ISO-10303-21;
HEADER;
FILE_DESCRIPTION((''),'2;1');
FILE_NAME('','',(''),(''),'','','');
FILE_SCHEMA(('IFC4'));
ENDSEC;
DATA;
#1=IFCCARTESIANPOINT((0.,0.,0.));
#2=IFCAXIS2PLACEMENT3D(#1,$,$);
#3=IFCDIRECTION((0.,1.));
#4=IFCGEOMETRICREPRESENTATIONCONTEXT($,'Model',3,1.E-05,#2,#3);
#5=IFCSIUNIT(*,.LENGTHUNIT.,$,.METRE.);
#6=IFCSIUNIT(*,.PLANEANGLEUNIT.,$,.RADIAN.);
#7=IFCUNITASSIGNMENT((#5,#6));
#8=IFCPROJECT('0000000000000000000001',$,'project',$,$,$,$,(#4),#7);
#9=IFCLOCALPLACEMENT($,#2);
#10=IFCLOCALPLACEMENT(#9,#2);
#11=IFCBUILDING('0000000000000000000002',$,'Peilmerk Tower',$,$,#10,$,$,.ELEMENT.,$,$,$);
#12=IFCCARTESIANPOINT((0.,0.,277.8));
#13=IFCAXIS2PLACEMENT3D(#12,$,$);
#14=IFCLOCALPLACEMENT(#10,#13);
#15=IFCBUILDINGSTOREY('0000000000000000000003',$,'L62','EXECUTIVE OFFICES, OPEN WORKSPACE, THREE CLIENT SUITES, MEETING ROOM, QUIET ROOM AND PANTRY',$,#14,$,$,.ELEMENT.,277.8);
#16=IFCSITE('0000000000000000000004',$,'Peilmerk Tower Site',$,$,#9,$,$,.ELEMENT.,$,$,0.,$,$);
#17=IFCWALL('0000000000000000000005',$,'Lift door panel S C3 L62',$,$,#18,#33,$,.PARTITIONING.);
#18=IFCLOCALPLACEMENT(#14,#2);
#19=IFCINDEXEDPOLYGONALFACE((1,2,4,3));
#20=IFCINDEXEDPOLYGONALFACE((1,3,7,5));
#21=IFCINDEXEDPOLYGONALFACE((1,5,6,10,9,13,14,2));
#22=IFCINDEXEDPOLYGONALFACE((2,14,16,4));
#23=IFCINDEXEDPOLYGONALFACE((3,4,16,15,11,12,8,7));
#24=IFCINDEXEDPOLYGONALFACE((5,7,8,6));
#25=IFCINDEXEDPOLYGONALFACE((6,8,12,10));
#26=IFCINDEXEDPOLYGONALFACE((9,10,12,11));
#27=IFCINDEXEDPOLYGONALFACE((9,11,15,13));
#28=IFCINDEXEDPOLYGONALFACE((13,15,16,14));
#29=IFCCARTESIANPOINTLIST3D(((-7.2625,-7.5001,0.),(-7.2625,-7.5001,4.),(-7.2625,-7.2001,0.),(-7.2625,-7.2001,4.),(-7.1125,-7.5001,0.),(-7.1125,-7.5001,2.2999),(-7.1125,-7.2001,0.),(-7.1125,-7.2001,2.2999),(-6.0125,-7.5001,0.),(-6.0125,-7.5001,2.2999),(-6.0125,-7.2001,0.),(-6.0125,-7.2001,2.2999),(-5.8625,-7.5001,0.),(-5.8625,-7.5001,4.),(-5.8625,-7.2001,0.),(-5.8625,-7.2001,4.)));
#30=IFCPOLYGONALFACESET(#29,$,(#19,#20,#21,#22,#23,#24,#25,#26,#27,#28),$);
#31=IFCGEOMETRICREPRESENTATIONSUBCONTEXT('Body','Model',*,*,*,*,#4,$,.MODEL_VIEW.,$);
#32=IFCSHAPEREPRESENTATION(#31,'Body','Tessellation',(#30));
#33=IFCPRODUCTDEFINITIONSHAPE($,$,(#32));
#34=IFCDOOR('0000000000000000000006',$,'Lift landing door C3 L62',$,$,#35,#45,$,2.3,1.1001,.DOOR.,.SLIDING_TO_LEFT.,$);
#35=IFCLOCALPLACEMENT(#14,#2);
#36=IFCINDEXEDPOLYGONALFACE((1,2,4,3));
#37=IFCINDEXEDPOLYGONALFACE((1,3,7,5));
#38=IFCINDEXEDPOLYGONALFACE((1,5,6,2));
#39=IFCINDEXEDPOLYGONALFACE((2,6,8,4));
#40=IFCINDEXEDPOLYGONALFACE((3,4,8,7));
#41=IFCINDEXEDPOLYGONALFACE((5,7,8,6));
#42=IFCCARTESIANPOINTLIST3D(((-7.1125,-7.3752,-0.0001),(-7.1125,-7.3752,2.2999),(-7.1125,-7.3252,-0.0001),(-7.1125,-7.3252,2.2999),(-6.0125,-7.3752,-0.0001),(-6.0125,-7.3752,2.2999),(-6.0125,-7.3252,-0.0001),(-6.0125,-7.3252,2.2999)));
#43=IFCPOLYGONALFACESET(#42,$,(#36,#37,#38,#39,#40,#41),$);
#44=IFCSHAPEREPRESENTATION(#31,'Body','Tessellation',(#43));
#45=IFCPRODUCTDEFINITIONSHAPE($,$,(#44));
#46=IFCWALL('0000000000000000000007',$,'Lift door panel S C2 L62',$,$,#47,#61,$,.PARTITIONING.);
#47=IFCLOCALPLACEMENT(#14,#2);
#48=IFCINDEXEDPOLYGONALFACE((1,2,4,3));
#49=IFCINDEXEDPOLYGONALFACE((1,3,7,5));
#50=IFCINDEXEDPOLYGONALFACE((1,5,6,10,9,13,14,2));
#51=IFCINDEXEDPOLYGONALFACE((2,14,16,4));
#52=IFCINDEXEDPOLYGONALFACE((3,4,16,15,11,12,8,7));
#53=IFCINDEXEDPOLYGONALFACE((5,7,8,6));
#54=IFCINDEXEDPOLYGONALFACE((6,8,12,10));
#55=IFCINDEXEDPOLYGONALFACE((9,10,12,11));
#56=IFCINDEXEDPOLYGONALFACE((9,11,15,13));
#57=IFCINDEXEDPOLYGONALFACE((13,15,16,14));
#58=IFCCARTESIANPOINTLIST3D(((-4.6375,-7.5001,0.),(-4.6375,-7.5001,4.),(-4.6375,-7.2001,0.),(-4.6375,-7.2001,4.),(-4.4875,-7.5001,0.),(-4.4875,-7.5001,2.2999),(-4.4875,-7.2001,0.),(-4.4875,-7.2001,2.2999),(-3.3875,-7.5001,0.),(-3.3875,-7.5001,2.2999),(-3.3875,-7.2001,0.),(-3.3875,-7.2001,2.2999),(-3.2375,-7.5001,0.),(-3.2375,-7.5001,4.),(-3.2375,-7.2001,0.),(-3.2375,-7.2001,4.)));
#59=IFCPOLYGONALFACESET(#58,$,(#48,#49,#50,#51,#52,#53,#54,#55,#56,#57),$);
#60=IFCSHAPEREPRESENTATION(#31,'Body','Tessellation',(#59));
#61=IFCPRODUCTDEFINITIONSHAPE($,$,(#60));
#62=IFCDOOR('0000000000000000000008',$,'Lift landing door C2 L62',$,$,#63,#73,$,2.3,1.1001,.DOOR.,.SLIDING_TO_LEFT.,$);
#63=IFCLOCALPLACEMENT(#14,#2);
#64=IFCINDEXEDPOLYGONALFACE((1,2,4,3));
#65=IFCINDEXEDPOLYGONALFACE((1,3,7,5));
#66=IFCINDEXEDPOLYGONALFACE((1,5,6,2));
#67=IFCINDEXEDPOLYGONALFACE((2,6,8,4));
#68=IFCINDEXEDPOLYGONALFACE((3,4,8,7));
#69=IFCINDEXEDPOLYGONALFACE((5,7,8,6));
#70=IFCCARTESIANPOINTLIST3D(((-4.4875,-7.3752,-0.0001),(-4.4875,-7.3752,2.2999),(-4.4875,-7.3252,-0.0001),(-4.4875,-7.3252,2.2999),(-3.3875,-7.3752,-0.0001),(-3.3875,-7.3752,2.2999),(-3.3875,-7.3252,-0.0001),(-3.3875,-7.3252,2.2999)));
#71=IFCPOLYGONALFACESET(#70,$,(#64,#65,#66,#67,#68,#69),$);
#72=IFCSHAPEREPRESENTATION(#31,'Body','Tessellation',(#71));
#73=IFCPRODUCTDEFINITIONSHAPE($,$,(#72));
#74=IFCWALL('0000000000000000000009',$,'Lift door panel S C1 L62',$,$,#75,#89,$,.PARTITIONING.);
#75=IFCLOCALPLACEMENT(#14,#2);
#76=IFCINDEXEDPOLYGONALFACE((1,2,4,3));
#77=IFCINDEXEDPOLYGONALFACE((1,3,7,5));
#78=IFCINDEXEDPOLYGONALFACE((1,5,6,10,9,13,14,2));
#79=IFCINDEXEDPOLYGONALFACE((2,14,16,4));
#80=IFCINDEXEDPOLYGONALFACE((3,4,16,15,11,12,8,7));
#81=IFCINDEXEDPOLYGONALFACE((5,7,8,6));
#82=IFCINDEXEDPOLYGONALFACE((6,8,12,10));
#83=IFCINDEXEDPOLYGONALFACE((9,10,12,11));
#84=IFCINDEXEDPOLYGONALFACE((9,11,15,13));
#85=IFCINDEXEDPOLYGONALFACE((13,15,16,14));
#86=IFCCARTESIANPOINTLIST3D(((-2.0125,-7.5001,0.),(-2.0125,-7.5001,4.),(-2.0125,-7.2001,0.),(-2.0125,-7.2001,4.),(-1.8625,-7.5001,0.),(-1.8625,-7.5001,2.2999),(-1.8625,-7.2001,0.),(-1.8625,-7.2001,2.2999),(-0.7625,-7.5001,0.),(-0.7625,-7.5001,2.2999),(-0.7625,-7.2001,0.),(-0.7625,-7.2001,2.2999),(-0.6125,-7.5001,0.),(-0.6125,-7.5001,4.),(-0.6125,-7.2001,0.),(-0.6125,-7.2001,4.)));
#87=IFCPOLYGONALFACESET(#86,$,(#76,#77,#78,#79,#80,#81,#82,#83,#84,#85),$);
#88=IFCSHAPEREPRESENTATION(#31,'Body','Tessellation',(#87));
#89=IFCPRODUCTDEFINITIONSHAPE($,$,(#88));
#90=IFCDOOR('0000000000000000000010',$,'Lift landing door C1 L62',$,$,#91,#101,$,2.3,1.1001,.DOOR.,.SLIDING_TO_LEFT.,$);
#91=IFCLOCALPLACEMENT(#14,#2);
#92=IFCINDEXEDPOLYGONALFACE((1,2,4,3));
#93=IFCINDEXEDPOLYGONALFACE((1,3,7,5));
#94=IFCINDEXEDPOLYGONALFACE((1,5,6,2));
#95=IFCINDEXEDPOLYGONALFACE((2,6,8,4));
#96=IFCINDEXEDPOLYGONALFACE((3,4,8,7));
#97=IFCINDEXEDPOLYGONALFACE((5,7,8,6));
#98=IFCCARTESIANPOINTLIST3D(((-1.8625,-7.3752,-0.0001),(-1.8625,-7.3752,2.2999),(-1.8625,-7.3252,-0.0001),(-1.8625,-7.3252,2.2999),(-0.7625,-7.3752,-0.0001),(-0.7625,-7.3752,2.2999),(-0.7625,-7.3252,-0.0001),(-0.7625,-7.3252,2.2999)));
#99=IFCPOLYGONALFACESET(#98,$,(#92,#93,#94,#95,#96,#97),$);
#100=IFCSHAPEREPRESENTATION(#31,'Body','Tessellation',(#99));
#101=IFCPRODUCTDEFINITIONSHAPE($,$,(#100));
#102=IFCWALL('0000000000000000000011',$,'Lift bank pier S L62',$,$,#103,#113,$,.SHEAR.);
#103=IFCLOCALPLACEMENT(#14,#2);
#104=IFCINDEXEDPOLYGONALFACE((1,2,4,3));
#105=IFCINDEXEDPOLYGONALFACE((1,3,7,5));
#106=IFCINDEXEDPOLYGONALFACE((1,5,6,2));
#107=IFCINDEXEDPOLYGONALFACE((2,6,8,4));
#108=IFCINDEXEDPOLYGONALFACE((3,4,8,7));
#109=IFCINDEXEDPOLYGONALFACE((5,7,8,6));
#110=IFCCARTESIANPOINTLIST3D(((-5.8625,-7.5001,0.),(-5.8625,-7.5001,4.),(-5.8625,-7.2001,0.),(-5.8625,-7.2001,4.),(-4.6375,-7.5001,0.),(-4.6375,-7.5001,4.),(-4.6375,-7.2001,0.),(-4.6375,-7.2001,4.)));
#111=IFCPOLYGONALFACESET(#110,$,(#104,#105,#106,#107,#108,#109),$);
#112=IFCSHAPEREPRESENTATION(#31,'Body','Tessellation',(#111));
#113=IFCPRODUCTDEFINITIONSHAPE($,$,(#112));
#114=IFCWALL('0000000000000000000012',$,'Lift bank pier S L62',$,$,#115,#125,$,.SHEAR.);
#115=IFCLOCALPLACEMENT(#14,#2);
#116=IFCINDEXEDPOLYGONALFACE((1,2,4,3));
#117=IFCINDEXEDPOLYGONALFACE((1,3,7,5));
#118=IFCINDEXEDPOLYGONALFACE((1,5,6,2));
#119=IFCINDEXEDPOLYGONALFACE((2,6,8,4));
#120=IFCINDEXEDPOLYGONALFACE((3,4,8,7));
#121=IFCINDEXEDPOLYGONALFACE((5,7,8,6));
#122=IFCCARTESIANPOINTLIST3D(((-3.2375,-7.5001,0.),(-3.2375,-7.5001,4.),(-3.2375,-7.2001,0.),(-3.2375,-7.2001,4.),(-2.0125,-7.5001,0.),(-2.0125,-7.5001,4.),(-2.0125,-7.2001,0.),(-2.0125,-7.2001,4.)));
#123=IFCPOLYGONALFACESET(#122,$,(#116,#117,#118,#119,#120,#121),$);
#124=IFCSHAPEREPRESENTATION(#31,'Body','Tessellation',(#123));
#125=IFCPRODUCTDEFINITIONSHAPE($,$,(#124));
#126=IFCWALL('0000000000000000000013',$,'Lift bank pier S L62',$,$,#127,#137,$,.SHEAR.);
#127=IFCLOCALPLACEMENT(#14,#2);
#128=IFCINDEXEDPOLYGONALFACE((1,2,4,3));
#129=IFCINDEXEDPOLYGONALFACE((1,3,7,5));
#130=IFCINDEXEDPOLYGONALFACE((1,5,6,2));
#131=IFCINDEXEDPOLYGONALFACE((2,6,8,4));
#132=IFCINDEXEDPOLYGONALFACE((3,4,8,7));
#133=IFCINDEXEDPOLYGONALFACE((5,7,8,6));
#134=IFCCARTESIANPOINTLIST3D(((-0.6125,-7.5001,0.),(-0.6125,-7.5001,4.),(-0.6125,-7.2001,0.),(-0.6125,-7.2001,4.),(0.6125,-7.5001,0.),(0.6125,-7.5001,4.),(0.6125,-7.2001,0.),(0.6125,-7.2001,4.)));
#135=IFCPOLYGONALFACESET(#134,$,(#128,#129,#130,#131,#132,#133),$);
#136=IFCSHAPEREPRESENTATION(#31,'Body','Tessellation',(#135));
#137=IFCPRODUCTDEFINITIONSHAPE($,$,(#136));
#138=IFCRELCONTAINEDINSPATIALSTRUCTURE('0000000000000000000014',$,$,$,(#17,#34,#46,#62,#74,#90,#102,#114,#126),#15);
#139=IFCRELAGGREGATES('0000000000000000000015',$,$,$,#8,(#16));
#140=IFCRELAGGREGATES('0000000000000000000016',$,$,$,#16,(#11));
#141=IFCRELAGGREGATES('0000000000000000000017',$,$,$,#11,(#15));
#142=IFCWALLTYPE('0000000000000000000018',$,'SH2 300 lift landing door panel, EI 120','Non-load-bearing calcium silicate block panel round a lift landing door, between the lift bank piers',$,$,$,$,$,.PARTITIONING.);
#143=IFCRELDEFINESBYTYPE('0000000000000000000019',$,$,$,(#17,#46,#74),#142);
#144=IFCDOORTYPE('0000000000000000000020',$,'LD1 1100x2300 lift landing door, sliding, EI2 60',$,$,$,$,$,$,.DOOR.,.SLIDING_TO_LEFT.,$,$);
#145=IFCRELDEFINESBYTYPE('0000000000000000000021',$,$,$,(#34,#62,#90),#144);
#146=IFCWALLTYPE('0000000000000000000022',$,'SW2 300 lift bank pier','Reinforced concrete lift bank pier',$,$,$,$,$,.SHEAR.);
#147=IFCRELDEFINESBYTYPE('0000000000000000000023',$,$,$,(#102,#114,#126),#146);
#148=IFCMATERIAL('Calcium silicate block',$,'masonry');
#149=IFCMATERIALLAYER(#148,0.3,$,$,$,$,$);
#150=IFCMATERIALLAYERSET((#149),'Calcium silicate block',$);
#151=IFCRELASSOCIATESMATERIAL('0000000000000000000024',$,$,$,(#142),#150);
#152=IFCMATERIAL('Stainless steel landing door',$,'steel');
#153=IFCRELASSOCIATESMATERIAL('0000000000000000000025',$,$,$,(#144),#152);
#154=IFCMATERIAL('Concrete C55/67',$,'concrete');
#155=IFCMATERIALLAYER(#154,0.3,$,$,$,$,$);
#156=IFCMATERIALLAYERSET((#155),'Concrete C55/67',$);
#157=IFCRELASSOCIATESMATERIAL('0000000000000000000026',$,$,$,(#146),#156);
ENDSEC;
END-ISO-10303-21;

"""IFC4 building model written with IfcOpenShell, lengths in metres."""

from ifc_helpers import new_model, si_unit, direction, frame, frame_2d, origin, place, context, subcontext, project, spatial, rectangle, extrude, material, layer, layer_set, type_object, element, fill, save


model = new_model("IFC4")

# Units and contexts
model_context = context("Model", 3, precision=1e-05, world=origin(), true_north=direction((0.0, 1.0)))
body_context = subcontext(model_context, "Body", "Model", "MODEL_VIEW")
ifc_project = project(units=[si_unit("LENGTHUNIT", "METRE"), si_unit("PLANEANGLEUNIT", "RADIAN")], contexts=[model_context])

# Site, building, storey
site_placement = place(None, origin())
site = spatial("IfcSite", under=ifc_project, at=site_placement, Name="Peilmerk Tower Site", CompositionType="ELEMENT", RefElevation=0.0)
building_placement = place(site_placement, origin())
building = spatial("IfcBuilding", under=site, at=building_placement, Name="Peilmerk Tower", CompositionType="ELEMENT")
storey_placement = place(building_placement, frame((0.0, 0.0, 277.8)))
storey = spatial("IfcBuildingStorey", under=building, at=storey_placement, Name="L62", Description="EXECUTIVE OFFICES, OPEN WORKSPACE, THREE CLIENT SUITES, MEETING ROOM, QUIET ROOM AND PANTRY", CompositionType="ELEMENT", Elevation=277.8)

# Shared definitions
ifc_material_1 = material(Name="Calcium silicate block", Category="masonry")

# Walls, openings, doors
ifc_layer_1 = layer(ifc_material_1, 0.3)
ifc_layer_set_1 = layer_set([ifc_layer_1], Name="Calcium silicate block")
wall_type_1 = type_object("IfcWallType", Name="SH2 300 lift landing door panel, EI 120", Description="Non-load-bearing calcium silicate block panel round a lift landing door, between the lift bank piers", PredefinedType="PARTITIONING", material=ifc_layer_set_1)
wall_1_placement = place(storey_placement, frame((-7.2625, -7.3501, 0.0), z_axis=(0.0, 0.0, 1.0), x_axis=(1.0, 0.0, 0.0)))
wall_1 = element("IfcWall", 1, at=wall_1_placement, inside=storey, type_object=wall_type_1, Name="Lift door panel S C3 L62", PredefinedType="PARTITIONING", context=body_context, shape_type="SweptSolid", body=[
    extrude(rectangle(XDim=1.3999, YDim=0.3, at=frame_2d((0.7, 0.0))), origin(), (0.0, 0.0, 1.0), 4.0),
])
opening_1_placement = place(wall_1_placement, frame((0.1499, 0.0, 0.0)))
opening_1 = element("IfcOpeningElement", 2, at=opening_1_placement, cuts=wall_1, PredefinedType="OPENING", context=body_context, shape_type="SweptSolid", body=[
    extrude(rectangle(XDim=1.1001, YDim=2.3, at=frame_2d((0.55, 1.1499))), frame((0.0, 0.1599, 0.0), z_axis=(0.0, -1.0, 0.0), x_axis=(1.0, 0.0, 0.0)), (0.0, 0.0, 1.0), 0.3201),
])
ifc_material_2 = material(Name="Stainless steel landing door", Category="steel")
door_type = type_object("IfcDoorType", Name="LD1 1100x2300 lift landing door, sliding, EI2 60", OperationType="SLIDING_TO_LEFT", PredefinedType="DOOR", material=ifc_material_2)
door_1_placement = place(opening_1_placement, origin())
door_1 = element("IfcDoor", 3, at=door_1_placement, inside=storey, type_object=door_type, Name="Lift landing door C3 L62", OperationType="SLIDING_TO_LEFT", OverallHeight=2.3, OverallWidth=1.1001, PredefinedType="DOOR", context=body_context, shape_type="SweptSolid", body=[
    extrude(rectangle(XDim=1.1001, YDim=2.3, at=frame_2d((0.55, 1.1499))), frame((0.0, 0.0249, 0.0), z_axis=(0.0, -1.0, 0.0), x_axis=(1.0, 0.0, 0.0)), (0.0, 0.0, 1.0), 0.05),
])
fill(opening_1, door_1)
wall_2_placement = place(storey_placement, frame((-4.6375, -7.3501, 0.0), z_axis=(0.0, 0.0, 1.0), x_axis=(1.0, 0.0, 0.0)))
wall_2 = element("IfcWall", 4, at=wall_2_placement, inside=storey, type_object=wall_type_1, Name="Lift door panel S C2 L62", PredefinedType="PARTITIONING", context=body_context, shape_type="SweptSolid", body=[
    extrude(rectangle(XDim=1.3999, YDim=0.3, at=frame_2d((0.7, 0.0))), origin(), (0.0, 0.0, 1.0), 4.0),
])
opening_2_placement = place(wall_2_placement, frame((0.1499, 0.0, 0.0)))
opening_2 = element("IfcOpeningElement", 5, at=opening_2_placement, cuts=wall_2, PredefinedType="OPENING", context=body_context, shape_type="SweptSolid", body=[
    extrude(rectangle(XDim=1.1001, YDim=2.3, at=frame_2d((0.55, 1.1499))), frame((0.0, 0.1599, 0.0), z_axis=(0.0, -1.0, 0.0), x_axis=(1.0, 0.0, 0.0)), (0.0, 0.0, 1.0), 0.3201),
])
door_2_placement = place(opening_2_placement, origin())
door_2 = element("IfcDoor", 6, at=door_2_placement, inside=storey, type_object=door_type, Name="Lift landing door C2 L62", OperationType="SLIDING_TO_LEFT", OverallHeight=2.3, OverallWidth=1.1001, PredefinedType="DOOR", context=body_context, shape_type="SweptSolid", body=[
    extrude(rectangle(XDim=1.1001, YDim=2.3, at=frame_2d((0.55, 1.1499))), frame((0.0, 0.0249, 0.0), z_axis=(0.0, -1.0, 0.0), x_axis=(1.0, 0.0, 0.0)), (0.0, 0.0, 1.0), 0.05),
])
fill(opening_2, door_2)
wall_3_placement = place(storey_placement, frame((-2.0125, -7.3501, 0.0), z_axis=(0.0, 0.0, 1.0), x_axis=(1.0, 0.0, 0.0)))
wall_3 = element("IfcWall", 7, at=wall_3_placement, inside=storey, type_object=wall_type_1, Name="Lift door panel S C1 L62", PredefinedType="PARTITIONING", context=body_context, shape_type="SweptSolid", body=[
    extrude(rectangle(XDim=1.3999, YDim=0.3, at=frame_2d((0.7, 0.0))), origin(), (0.0, 0.0, 1.0), 4.0),
])
opening_3_placement = place(wall_3_placement, frame((0.1499, 0.0, 0.0)))
opening_3 = element("IfcOpeningElement", 8, at=opening_3_placement, cuts=wall_3, PredefinedType="OPENING", context=body_context, shape_type="SweptSolid", body=[
    extrude(rectangle(XDim=1.1001, YDim=2.3, at=frame_2d((0.55, 1.1499))), frame((0.0, 0.1599, 0.0), z_axis=(0.0, -1.0, 0.0), x_axis=(1.0, 0.0, 0.0)), (0.0, 0.0, 1.0), 0.3201),
])
door_3_placement = place(opening_3_placement, origin())
door_3 = element("IfcDoor", 9, at=door_3_placement, inside=storey, type_object=door_type, Name="Lift landing door C1 L62", OperationType="SLIDING_TO_LEFT", OverallHeight=2.3, OverallWidth=1.1001, PredefinedType="DOOR", context=body_context, shape_type="SweptSolid", body=[
    extrude(rectangle(XDim=1.1001, YDim=2.3, at=frame_2d((0.55, 1.1499))), frame((0.0, 0.0249, 0.0), z_axis=(0.0, -1.0, 0.0), x_axis=(1.0, 0.0, 0.0)), (0.0, 0.0, 1.0), 0.05),
])
fill(opening_3, door_3)

# Walls
ifc_material_3 = material(Name="Concrete C55/67", Category="concrete")
ifc_layer_2 = layer(ifc_material_3, 0.3)
ifc_layer_set_2 = layer_set([ifc_layer_2], Name="Concrete C55/67")
wall_type_2 = type_object("IfcWallType", Name="SW2 300 lift bank pier", Description="Reinforced concrete lift bank pier", PredefinedType="SHEAR", material=ifc_layer_set_2)
for number, where, z_axis, x_axis, name in (
    (10, (-5.8625, -7.3501, 0.0), (0.0, 0.0, 1.0), (1.0, 0.0, 0.0), "Lift bank pier S L62"),
    (11, (-3.2375, -7.3501, 0.0), (0.0, 0.0, 1.0), (1.0, 0.0, 0.0), "Lift bank pier S L62"),
    (12, (-0.6125, -7.3501, 0.0), (0.0, 0.0, 1.0), (1.0, 0.0, 0.0), "Lift bank pier S L62"),
):
    element("IfcWall", number, at=place(storey_placement, frame(where, z_axis=z_axis, x_axis=x_axis)), inside=storey, type_object=wall_type_2, Name=name, PredefinedType="SHEAR", context=body_context, shape_type="SweptSolid", body=[
        extrude(rectangle(XDim=1.2251, YDim=0.3, at=frame_2d((0.6125, 0.0))), origin(), (0.0, 0.0, 1.0), 4.0),
    ])

save(model, "model.ifc")
